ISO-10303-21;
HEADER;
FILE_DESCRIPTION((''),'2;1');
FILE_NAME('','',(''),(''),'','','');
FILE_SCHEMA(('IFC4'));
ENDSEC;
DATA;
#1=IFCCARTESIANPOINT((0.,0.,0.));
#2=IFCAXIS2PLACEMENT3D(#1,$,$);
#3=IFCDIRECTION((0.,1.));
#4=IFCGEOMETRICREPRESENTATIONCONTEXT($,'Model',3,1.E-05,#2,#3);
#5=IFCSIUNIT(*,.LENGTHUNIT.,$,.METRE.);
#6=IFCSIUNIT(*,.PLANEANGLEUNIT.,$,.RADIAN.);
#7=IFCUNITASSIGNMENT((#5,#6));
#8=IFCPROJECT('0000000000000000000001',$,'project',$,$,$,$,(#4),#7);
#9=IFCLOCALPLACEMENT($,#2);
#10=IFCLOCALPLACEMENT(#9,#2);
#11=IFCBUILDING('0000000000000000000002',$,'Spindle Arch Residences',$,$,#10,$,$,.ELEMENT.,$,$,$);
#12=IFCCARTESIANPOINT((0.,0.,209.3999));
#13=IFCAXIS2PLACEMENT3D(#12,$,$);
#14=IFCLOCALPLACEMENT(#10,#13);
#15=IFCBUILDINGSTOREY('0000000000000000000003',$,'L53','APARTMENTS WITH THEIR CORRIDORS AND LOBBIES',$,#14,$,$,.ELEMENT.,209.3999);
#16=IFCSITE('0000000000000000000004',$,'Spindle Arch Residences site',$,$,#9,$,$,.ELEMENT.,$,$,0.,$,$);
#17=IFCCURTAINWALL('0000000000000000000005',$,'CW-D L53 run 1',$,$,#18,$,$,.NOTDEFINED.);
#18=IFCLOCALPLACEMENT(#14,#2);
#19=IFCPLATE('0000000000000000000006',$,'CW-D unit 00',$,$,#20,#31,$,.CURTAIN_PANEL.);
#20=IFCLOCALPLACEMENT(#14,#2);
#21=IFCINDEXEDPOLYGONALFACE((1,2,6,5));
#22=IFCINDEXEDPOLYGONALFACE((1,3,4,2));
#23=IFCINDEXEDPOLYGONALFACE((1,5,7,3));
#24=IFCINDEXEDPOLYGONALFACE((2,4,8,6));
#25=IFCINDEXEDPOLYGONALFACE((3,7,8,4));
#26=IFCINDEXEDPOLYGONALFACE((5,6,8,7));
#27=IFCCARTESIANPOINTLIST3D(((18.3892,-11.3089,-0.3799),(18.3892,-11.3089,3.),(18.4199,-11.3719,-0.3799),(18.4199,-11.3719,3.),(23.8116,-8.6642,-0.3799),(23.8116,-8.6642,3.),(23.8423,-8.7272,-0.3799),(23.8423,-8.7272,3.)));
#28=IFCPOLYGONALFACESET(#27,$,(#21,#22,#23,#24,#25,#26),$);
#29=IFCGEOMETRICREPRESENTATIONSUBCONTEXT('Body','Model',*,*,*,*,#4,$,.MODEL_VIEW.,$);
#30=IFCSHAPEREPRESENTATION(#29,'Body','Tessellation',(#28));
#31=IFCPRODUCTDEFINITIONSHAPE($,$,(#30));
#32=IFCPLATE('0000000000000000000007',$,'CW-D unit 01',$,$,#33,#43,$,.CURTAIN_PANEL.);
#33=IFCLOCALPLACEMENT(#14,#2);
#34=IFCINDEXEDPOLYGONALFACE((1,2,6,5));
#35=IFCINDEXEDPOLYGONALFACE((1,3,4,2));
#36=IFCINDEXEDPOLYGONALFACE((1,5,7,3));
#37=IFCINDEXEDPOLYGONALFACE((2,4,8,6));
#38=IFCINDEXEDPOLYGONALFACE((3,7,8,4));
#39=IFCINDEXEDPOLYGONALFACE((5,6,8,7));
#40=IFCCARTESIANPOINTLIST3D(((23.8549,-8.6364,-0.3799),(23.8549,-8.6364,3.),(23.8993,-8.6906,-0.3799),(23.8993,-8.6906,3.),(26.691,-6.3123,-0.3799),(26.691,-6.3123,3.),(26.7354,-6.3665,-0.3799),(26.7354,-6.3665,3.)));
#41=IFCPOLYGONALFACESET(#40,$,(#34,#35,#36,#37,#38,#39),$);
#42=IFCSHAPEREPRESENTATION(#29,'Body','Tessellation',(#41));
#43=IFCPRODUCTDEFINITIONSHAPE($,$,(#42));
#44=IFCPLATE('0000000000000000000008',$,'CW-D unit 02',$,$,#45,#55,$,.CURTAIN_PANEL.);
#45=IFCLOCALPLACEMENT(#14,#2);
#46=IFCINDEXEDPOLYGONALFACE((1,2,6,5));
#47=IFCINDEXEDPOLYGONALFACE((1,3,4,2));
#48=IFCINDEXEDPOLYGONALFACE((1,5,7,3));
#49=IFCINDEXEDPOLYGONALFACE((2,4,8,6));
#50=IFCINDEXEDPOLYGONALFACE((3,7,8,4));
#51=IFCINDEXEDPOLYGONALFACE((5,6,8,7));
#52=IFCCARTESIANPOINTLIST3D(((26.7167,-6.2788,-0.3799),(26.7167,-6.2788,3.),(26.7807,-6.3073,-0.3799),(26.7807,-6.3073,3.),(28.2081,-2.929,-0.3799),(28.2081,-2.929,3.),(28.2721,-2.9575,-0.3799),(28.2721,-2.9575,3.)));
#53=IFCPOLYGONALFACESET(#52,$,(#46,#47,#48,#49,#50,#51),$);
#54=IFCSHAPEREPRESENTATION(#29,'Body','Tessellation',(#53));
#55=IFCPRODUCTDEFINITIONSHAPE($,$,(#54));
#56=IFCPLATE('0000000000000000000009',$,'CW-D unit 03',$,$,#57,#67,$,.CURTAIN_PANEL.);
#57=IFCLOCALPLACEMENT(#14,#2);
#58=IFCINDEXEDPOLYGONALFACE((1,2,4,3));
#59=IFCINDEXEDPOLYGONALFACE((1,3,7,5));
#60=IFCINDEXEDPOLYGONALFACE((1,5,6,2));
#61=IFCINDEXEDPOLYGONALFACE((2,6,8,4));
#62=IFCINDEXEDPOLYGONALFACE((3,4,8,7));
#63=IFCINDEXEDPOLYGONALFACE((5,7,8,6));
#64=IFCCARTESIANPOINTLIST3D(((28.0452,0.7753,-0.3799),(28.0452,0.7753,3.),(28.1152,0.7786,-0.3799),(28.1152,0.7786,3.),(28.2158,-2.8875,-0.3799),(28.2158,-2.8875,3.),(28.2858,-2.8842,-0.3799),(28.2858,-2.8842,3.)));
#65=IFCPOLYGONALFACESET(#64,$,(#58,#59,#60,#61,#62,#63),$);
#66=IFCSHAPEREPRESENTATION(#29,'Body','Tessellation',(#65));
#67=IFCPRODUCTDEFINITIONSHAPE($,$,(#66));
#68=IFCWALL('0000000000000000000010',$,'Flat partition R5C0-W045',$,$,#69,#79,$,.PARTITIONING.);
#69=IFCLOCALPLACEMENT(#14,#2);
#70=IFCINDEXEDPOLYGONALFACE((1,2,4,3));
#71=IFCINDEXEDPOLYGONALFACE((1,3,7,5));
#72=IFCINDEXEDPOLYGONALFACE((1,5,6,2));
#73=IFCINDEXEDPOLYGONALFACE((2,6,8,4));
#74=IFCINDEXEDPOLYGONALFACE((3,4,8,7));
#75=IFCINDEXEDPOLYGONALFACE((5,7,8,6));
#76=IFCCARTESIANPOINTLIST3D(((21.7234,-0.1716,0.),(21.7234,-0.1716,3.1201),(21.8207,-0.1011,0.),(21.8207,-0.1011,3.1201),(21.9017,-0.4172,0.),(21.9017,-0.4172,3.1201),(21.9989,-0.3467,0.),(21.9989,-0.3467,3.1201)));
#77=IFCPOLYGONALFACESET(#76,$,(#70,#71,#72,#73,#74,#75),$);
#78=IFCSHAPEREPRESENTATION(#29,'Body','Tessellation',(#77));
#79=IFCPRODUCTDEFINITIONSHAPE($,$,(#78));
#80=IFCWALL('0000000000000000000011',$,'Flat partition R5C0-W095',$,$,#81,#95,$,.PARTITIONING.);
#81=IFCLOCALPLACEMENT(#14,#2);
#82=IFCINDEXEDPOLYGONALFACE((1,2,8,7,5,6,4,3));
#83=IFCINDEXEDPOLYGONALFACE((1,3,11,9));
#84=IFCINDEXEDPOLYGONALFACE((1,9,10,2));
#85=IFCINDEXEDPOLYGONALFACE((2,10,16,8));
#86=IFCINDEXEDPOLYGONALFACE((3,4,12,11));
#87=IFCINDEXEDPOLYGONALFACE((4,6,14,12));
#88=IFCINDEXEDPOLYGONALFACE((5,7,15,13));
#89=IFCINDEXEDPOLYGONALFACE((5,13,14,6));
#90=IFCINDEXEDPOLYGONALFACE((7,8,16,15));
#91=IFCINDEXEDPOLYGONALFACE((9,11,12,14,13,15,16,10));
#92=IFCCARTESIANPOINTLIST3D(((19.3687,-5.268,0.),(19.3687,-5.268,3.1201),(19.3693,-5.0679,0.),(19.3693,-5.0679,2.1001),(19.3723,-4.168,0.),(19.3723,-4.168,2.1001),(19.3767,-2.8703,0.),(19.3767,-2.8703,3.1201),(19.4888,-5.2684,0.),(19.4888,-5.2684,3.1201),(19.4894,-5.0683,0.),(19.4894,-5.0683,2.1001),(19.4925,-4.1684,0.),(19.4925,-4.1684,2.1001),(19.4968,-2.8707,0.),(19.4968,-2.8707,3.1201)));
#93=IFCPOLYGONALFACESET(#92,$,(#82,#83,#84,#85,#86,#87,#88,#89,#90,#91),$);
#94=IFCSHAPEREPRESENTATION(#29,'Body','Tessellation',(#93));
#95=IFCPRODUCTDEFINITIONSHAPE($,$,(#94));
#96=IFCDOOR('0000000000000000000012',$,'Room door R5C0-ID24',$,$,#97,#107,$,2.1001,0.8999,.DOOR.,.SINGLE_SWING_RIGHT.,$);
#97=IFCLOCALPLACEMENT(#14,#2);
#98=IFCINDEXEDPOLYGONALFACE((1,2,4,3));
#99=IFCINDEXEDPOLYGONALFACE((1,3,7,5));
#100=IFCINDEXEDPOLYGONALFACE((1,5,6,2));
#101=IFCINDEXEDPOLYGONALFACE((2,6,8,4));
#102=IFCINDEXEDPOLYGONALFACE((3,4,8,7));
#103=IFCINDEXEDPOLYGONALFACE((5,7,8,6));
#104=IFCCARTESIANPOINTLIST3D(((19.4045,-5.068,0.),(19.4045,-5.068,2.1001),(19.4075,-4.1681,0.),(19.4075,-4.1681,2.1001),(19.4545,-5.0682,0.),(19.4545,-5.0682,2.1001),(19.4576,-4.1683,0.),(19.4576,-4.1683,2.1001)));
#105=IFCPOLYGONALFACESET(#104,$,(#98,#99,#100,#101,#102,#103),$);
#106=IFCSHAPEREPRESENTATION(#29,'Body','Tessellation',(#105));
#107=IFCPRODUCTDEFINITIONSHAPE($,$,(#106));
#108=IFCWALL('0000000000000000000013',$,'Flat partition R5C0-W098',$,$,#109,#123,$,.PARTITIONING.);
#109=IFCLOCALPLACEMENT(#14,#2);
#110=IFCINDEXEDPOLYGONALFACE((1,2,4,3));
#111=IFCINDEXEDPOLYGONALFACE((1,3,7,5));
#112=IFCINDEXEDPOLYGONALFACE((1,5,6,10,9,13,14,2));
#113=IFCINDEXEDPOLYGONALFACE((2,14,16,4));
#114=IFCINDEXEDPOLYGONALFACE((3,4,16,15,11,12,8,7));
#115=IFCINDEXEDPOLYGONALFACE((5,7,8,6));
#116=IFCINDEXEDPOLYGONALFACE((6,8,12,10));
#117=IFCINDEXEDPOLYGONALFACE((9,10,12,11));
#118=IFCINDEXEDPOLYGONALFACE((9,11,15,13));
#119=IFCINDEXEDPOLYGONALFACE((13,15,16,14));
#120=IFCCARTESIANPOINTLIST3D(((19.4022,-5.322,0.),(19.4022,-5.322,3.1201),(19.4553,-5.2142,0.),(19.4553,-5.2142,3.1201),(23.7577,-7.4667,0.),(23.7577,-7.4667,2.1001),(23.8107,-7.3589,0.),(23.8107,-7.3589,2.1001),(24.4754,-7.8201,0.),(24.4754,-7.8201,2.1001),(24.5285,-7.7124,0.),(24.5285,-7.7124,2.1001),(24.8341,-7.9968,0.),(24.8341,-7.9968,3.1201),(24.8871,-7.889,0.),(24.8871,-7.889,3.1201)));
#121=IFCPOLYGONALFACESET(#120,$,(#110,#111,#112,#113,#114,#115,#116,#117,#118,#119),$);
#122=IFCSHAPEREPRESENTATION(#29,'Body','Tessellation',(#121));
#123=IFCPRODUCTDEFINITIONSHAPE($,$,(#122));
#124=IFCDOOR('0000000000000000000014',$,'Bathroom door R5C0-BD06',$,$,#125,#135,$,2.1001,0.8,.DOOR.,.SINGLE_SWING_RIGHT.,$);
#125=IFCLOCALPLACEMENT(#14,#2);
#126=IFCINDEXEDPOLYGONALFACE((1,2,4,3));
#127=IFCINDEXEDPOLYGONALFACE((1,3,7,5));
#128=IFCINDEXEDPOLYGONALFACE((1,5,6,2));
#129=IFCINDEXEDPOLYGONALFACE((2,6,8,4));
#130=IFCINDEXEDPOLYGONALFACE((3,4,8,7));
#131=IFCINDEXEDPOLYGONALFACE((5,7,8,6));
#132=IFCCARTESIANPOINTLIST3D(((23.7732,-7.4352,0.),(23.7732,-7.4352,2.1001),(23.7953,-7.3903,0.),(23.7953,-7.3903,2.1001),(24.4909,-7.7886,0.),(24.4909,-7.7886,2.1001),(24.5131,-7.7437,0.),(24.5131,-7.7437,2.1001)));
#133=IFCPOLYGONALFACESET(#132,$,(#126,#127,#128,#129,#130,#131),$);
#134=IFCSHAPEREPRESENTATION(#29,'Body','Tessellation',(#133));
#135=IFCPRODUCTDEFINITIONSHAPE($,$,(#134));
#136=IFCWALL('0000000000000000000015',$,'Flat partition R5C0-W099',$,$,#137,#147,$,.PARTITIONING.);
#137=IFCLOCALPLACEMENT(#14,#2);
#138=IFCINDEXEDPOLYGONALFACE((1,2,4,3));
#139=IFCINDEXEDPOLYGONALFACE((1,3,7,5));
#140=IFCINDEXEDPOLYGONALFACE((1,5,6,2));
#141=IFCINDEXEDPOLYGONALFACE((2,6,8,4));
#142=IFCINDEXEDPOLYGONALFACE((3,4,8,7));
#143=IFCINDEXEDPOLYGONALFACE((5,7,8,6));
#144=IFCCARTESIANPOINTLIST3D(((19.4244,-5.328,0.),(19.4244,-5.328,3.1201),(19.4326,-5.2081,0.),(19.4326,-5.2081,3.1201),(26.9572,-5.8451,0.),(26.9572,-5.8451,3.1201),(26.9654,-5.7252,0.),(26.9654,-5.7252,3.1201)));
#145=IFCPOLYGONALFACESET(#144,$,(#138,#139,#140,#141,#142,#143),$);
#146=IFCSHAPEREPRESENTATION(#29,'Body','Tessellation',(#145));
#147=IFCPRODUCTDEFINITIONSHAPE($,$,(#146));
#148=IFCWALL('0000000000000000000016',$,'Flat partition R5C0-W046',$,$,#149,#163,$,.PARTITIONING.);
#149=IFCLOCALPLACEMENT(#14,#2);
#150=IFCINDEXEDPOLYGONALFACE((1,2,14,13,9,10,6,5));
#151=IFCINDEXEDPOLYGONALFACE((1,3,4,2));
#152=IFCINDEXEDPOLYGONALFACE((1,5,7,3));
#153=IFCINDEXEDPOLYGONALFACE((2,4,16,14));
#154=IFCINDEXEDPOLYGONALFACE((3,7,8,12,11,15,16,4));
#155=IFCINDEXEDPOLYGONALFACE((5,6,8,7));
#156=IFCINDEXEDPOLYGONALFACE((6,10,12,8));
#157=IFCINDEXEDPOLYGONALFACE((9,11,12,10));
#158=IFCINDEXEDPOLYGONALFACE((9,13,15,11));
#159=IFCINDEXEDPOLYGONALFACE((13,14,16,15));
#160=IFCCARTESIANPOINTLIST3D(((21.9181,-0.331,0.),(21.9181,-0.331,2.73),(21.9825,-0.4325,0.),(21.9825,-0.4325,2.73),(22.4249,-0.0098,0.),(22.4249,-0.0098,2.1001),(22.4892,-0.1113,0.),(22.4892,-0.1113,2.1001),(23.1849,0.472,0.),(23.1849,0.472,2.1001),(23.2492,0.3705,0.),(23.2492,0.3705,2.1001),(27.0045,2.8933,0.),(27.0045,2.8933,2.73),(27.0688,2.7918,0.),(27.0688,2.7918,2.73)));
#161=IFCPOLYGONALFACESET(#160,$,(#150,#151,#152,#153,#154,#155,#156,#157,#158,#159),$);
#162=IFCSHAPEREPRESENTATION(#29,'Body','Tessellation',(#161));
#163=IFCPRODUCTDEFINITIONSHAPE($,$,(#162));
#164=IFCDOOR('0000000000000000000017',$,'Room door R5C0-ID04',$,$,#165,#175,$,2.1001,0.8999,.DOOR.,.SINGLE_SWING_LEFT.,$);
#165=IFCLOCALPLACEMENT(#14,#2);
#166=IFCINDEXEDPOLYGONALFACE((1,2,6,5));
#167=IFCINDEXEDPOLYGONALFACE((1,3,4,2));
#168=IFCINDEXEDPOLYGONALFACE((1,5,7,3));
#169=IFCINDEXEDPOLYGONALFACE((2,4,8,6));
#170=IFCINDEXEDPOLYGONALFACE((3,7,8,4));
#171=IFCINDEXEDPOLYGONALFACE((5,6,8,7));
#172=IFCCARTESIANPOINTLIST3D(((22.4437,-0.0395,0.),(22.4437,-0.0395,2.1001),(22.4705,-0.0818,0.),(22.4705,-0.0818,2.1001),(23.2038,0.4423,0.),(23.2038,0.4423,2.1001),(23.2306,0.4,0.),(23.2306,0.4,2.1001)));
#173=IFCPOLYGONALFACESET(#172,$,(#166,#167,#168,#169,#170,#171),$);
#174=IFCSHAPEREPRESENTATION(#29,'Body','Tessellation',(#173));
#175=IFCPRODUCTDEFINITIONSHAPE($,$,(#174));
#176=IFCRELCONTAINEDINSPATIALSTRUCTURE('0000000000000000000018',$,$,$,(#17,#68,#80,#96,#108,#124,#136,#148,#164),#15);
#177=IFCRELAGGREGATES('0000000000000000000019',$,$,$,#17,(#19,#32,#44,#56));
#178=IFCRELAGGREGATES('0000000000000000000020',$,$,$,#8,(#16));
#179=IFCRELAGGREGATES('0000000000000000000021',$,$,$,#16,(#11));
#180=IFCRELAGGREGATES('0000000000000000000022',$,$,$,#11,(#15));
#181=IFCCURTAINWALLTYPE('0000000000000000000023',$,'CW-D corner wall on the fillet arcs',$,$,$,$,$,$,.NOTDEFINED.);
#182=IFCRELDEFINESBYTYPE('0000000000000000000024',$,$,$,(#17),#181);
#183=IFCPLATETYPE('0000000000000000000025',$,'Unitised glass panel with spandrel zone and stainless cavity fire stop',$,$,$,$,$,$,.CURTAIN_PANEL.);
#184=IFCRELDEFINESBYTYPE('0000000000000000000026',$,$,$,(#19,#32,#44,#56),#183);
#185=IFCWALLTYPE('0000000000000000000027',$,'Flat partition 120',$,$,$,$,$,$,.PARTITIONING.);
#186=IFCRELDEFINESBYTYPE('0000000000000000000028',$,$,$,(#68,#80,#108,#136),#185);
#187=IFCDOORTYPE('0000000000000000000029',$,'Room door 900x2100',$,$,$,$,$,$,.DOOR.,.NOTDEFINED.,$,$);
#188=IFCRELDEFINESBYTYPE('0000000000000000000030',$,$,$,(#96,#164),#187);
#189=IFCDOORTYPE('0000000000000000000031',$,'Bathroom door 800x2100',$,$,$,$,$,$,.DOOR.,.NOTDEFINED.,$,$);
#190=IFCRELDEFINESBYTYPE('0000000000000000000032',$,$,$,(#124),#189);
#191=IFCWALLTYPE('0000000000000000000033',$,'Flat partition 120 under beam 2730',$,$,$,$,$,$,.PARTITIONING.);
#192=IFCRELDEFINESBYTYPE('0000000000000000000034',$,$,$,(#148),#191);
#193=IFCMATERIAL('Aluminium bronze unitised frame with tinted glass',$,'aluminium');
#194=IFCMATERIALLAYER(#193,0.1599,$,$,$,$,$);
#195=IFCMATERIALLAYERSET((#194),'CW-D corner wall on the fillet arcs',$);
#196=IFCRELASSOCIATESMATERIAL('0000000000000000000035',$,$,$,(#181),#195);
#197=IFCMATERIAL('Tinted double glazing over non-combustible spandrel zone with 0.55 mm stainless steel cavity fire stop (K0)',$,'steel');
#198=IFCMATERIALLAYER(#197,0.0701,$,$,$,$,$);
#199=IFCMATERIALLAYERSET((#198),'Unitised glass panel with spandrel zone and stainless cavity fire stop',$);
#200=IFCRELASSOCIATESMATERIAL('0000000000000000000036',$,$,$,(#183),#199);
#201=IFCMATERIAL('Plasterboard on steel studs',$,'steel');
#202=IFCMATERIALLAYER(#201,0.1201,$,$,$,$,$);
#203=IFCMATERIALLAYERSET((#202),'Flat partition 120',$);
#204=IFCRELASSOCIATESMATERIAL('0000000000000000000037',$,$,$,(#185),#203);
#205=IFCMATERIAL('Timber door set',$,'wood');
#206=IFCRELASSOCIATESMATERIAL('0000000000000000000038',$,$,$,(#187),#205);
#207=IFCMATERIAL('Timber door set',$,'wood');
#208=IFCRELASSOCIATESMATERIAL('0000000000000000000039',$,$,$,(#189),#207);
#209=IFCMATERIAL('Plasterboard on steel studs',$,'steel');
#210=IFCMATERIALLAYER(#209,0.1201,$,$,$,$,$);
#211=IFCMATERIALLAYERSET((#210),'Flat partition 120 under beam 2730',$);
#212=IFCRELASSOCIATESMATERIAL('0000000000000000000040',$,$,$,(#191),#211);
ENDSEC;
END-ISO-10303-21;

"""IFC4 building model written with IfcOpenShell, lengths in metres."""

from ifc_helpers import new_model, si_unit, direction, frame, frame_2d, origin, origin_2d, place, context, subcontext, project, spatial, rectangle, extrude, material, layer, layer_set, type_object, element, fill, aggregate, save


model = new_model("IFC4")

# Units and contexts
model_context = context("Model", 3, precision=1e-05, world=origin(), true_north=direction((0.0, 1.0)))
body_context = subcontext(model_context, "Body", "Model", "MODEL_VIEW")
ifc_project = project(units=[si_unit("LENGTHUNIT", "METRE"), si_unit("PLANEANGLEUNIT", "RADIAN")], contexts=[model_context])

# Site, building, storey
site_placement = place(None, origin())
site = spatial("IfcSite", under=ifc_project, at=site_placement, Name="Spindle Arch Residences site", CompositionType="ELEMENT", RefElevation=0.0)
building_placement = place(site_placement, origin())
building = spatial("IfcBuilding", under=site, at=building_placement, Name="Spindle Arch Residences", CompositionType="ELEMENT")
storey_placement = place(building_placement, frame((0.0, 0.0, 209.3999)))
storey = spatial("IfcBuildingStorey", under=building, at=storey_placement, Name="L53", Description="APARTMENTS WITH THEIR CORRIDORS AND LOBBIES", CompositionType="ELEMENT", Elevation=209.3999)

# Curtain wall
ifc_material_1 = material(Name="Aluminium bronze unitised frame with tinted glass", Category="aluminium")
ifc_layer_1 = layer(ifc_material_1, 0.1599)
ifc_layer_set_1 = layer_set([ifc_layer_1], Name="CW-D corner wall on the fillet arcs")
curtain_wall_type = type_object("IfcCurtainWallType", Name="CW-D corner wall on the fillet arcs", PredefinedType="NOTDEFINED", material=ifc_layer_set_1)
curtain_wall_placement = place(storey_placement, origin())
curtain_wall = element("IfcCurtainWall", 1, at=curtain_wall_placement, inside=storey, type_object=curtain_wall_type, Name="CW-D L53 run 1", PredefinedType="NOTDEFINED")

# Plates
ifc_material_2 = material(Name="Tinted double glazing over non-combustible spandrel zone with 0.55 mm stainless steel cavity fire stop (K0)", Category="steel")
ifc_layer_2 = layer(ifc_material_2, 0.0701)
ifc_layer_set_2 = layer_set([ifc_layer_2], Name="Unitised glass panel with spandrel zone and stainless cavity fire stop")
plate_type = type_object("IfcPlateType", Name="Unitised glass panel with spandrel zone and stainless cavity fire stop", PredefinedType="CURTAIN_PANEL", material=ifc_layer_set_2)
plate_1_placement = place(storey_placement, frame((21.1157, -10.0181, -0.3799), z_axis=(0.0, 0.0, 1.0), x_axis=(0.898794, 0.438371, 0.0)))
plate_1 = element("IfcPlate", 2, at=plate_1_placement, type_object=plate_type, Name="CW-D unit 00", PredefinedType="CURTAIN_PANEL", context=body_context, shape_type="SweptSolid", body=[
    extrude(rectangle(XDim=6.033, YDim=0.0701, at=origin_2d()), origin(), (0.0, 0.0, 1.0), 3.3799),
])
plate_2_placement = place(storey_placement, frame((25.2952, -7.5015, -0.3799), z_axis=(0.0, 0.0, 1.0), x_axis=(0.773472, 0.633831, 0.0)))
plate_2 = element("IfcPlate", 3, at=plate_2_placement, type_object=plate_type, Name="CW-D unit 01", PredefinedType="CURTAIN_PANEL", context=body_context, shape_type="SweptSolid", body=[
    extrude(rectangle(XDim=3.6667, YDim=0.0701, at=origin_2d()), origin(), (0.0, 0.0, 1.0), 3.3799),
])
plate_3_placement = place(storey_placement, frame((27.4944, -4.6182, -0.3799), z_axis=(0.0, 0.0, 1.0), x_axis=(0.406737, 0.913545, 0.0)))
plate_3 = element("IfcPlate", 4, at=plate_3_placement, type_object=plate_type, Name="CW-D unit 02", PredefinedType="CURTAIN_PANEL", context=body_context, shape_type="SweptSolid", body=[
    extrude(rectangle(XDim=3.6667, YDim=0.0701, at=origin_2d()), origin(), (0.0, 0.0, 1.0), 3.3799),
])
plate_4_placement = place(storey_placement, frame((28.1655, -1.0544, -0.3799), z_axis=(0.0, 0.0, 1.0), x_axis=(-0.046525, 0.998917, 0.0)))
plate_4 = element("IfcPlate", 5, at=plate_4_placement, type_object=plate_type, Name="CW-D unit 03", PredefinedType="CURTAIN_PANEL", context=body_context, shape_type="SweptSolid", body=[
    extrude(rectangle(XDim=3.6667, YDim=0.0701, at=origin_2d()), origin(), (0.0, 0.0, 1.0), 3.3799),
])
aggregate(curtain_wall, [plate_1, plate_2, plate_3, plate_4])

# Wall
ifc_material_3 = material(Name="Plasterboard on steel studs", Category="steel")
ifc_layer_3 = layer(ifc_material_3, 0.1201)
ifc_layer_set_3 = layer_set([ifc_layer_3], Name="Flat partition 120")
wall_type_1 = type_object("IfcWallType", Name="Flat partition 120", PredefinedType="PARTITIONING", material=ifc_layer_set_3)
wall_1_placement = place(storey_placement, frame((21.772, -0.1362, 0.0), z_axis=(0.0, 0.0, 1.0), x_axis=(0.58731, -0.809362, 0.0)))
element("IfcWall", 6, at=wall_1_placement, inside=storey, type_object=wall_type_1, Name="Flat partition R5C0-W045", PredefinedType="PARTITIONING", context=body_context, shape_type="SweptSolid", body=[
    extrude(rectangle(XDim=0.3035, YDim=0.1201, at=frame_2d((0.1519, 0.0))), origin(), (0.0, 0.0, 1.0), 3.1201),
])

# Walls, openings, doors
wall_2_placement = place(storey_placement, frame((19.4287, -5.2681, 0.0), z_axis=(0.0, 0.0, 1.0), x_axis=(0.00336, 0.999994, 0.0)))
wall_2 = element("IfcWall", 7, at=wall_2_placement, inside=storey, type_object=wall_type_1, Name="Flat partition R5C0-W095", PredefinedType="PARTITIONING", context=body_context, shape_type="SweptSolid", body=[
    extrude(rectangle(XDim=2.3977, YDim=0.1201, at=frame_2d((1.1987, 0.0))), origin(), (0.0, 0.0, 1.0), 3.1201),
])
opening_1_placement = place(wall_2_placement, frame((0.2, 0.0, 0.0)))
opening_1 = element("IfcOpeningElement", 8, at=opening_1_placement, cuts=wall_2, PredefinedType="OPENING", context=body_context, shape_type="SweptSolid", body=[
    extrude(rectangle(XDim=0.8999, YDim=2.1001, at=frame_2d((0.45, 1.05))), frame((0.0, 0.0701, 0.0), z_axis=(0.0, -1.0, 0.0), x_axis=(1.0, 0.0, 0.0)), (0.0, 0.0, 1.0), 0.1401),
])
ifc_material_4 = material(Name="Timber door set", Category="wood")
door_type_1 = type_object("IfcDoorType", Name="Room door 900x2100", OperationType="NOTDEFINED", PredefinedType="DOOR", material=ifc_material_4)
door_1_placement = place(opening_1_placement, origin())
door_1 = element("IfcDoor", 9, at=door_1_placement, inside=storey, type_object=door_type_1, Name="Room door R5C0-ID24", OperationType="SINGLE_SWING_RIGHT", OverallHeight=2.1001, OverallWidth=0.8999, PredefinedType="DOOR", context=body_context, shape_type="SweptSolid", body=[
    extrude(rectangle(XDim=0.8999, YDim=2.1001, at=frame_2d((0.45, 1.05))), frame((0.0, 0.0249, 0.0), z_axis=(0.0, -1.0, 0.0), x_axis=(1.0, 0.0, 0.0)), (0.0, 0.0, 1.0), 0.05),
])
fill(opening_1, door_1)
wall_3_placement = place(storey_placement, frame((24.8606, -7.9429, 0.0), z_axis=(0.0, 0.0, 1.0), x_axis=(-0.897128, 0.44177, 0.0)))
wall_3 = element("IfcWall", 10, at=wall_3_placement, inside=storey, type_object=wall_type_1, Name="Flat partition R5C0-W098", PredefinedType="PARTITIONING", context=body_context, shape_type="SweptSolid", body=[
    extrude(rectangle(XDim=6.0547, YDim=0.1201, at=frame_2d((3.0273, 0.0))), origin(), (0.0, 0.0, 1.0), 3.1201),
])
opening_2_placement = place(wall_3_placement, frame((0.3999, 0.0, 0.0)))
opening_2 = element("IfcOpeningElement", 11, at=opening_2_placement, cuts=wall_3, PredefinedType="OPENING", context=body_context, shape_type="SweptSolid", body=[
    extrude(rectangle(XDim=0.8, YDim=2.1001, at=frame_2d((0.3999, 1.05))), frame((0.0, 0.0701, 0.0), z_axis=(0.0, -1.0, 0.0), x_axis=(1.0, 0.0, 0.0)), (0.0, 0.0, 1.0), 0.1401),
])
ifc_material_5 = material(Name="Timber door set", Category="wood")
door_type_2 = type_object("IfcDoorType", Name="Bathroom door 800x2100", OperationType="NOTDEFINED", PredefinedType="DOOR", material=ifc_material_5)
door_2_placement = place(opening_2_placement, origin())
door_2 = element("IfcDoor", 12, at=door_2_placement, inside=storey, type_object=door_type_2, Name="Bathroom door R5C0-BD06", OperationType="SINGLE_SWING_RIGHT", OverallHeight=2.1001, OverallWidth=0.8, PredefinedType="DOOR", context=body_context, shape_type="SweptSolid", body=[
    extrude(rectangle(XDim=0.8, YDim=2.1001, at=frame_2d((0.3999, 1.05))), frame((0.0, 0.0249, 0.0), z_axis=(0.0, -1.0, 0.0), x_axis=(1.0, 0.0, 0.0)), (0.0, 0.0, 1.0), 0.05),
])
fill(opening_2, door_2)

# Wall
wall_4_placement = place(storey_placement, frame((26.9614, -5.7852, 0.0), z_axis=(0.0, 0.0, 1.0), x_axis=(-0.997652, 0.068485, 0.0)))
element("IfcWall", 13, at=wall_4_placement, inside=storey, type_object=wall_type_1, Name="Flat partition R5C0-W099", PredefinedType="PARTITIONING", context=body_context, shape_type="SweptSolid", body=[
    extrude(rectangle(XDim=7.5505, YDim=0.1201, at=frame_2d((3.7754, 0.0))), origin(), (0.0, 0.0, 1.0), 3.1201),
])

# Wall, opening, door
ifc_material_6 = material(Name="Plasterboard on steel studs", Category="steel")
ifc_layer_4 = layer(ifc_material_6, 0.1201)
ifc_layer_set_4 = layer_set([ifc_layer_4], Name="Flat partition 120 under beam 2730")
wall_type_2 = type_object("IfcWallType", Name="Flat partition 120 under beam 2730", PredefinedType="PARTITIONING", material=ifc_layer_set_4)
wall_5_placement = place(storey_placement, frame((21.9502, -0.3818, 0.0), z_axis=(0.0, 0.0, 1.0), x_axis=(0.844597, 0.535403, 0.0)))
wall_5 = element("IfcWall", 14, at=wall_5_placement, inside=storey, type_object=wall_type_2, Name="Flat partition R5C0-W046", PredefinedType="PARTITIONING", context=body_context, shape_type="SweptSolid", body=[
    extrude(rectangle(XDim=6.0222, YDim=0.1201, at=frame_2d((3.0112, 0.0))), origin(), (0.0, 0.0, 1.0), 2.73),
])
opening_3_placement = place(wall_5_placement, frame((0.6001, 0.0, 0.0)))
opening_3 = element("IfcOpeningElement", 15, at=opening_3_placement, cuts=wall_5, PredefinedType="OPENING", context=body_context, shape_type="SweptSolid", body=[
    extrude(rectangle(XDim=0.8999, YDim=2.1001, at=frame_2d((0.45, 1.05))), frame((0.0, 0.0701, 0.0), z_axis=(0.0, -1.0, 0.0), x_axis=(1.0, 0.0, 0.0)), (0.0, 0.0, 1.0), 0.1401),
])
door_3_placement = place(opening_3_placement, origin())
door_3 = element("IfcDoor", 16, at=door_3_placement, inside=storey, type_object=door_type_1, Name="Room door R5C0-ID04", OperationType="SINGLE_SWING_LEFT", OverallHeight=2.1001, OverallWidth=0.8999, PredefinedType="DOOR", context=body_context, shape_type="SweptSolid", body=[
    extrude(rectangle(XDim=0.8999, YDim=2.1001, at=frame_2d((0.45, 1.05))), frame((0.0, 0.0249, 0.0), z_axis=(0.0, -1.0, 0.0), x_axis=(1.0, 0.0, 0.0)), (0.0, 0.0, 1.0), 0.05),
])
fill(opening_3, door_3)

save(model, "model.ifc")
